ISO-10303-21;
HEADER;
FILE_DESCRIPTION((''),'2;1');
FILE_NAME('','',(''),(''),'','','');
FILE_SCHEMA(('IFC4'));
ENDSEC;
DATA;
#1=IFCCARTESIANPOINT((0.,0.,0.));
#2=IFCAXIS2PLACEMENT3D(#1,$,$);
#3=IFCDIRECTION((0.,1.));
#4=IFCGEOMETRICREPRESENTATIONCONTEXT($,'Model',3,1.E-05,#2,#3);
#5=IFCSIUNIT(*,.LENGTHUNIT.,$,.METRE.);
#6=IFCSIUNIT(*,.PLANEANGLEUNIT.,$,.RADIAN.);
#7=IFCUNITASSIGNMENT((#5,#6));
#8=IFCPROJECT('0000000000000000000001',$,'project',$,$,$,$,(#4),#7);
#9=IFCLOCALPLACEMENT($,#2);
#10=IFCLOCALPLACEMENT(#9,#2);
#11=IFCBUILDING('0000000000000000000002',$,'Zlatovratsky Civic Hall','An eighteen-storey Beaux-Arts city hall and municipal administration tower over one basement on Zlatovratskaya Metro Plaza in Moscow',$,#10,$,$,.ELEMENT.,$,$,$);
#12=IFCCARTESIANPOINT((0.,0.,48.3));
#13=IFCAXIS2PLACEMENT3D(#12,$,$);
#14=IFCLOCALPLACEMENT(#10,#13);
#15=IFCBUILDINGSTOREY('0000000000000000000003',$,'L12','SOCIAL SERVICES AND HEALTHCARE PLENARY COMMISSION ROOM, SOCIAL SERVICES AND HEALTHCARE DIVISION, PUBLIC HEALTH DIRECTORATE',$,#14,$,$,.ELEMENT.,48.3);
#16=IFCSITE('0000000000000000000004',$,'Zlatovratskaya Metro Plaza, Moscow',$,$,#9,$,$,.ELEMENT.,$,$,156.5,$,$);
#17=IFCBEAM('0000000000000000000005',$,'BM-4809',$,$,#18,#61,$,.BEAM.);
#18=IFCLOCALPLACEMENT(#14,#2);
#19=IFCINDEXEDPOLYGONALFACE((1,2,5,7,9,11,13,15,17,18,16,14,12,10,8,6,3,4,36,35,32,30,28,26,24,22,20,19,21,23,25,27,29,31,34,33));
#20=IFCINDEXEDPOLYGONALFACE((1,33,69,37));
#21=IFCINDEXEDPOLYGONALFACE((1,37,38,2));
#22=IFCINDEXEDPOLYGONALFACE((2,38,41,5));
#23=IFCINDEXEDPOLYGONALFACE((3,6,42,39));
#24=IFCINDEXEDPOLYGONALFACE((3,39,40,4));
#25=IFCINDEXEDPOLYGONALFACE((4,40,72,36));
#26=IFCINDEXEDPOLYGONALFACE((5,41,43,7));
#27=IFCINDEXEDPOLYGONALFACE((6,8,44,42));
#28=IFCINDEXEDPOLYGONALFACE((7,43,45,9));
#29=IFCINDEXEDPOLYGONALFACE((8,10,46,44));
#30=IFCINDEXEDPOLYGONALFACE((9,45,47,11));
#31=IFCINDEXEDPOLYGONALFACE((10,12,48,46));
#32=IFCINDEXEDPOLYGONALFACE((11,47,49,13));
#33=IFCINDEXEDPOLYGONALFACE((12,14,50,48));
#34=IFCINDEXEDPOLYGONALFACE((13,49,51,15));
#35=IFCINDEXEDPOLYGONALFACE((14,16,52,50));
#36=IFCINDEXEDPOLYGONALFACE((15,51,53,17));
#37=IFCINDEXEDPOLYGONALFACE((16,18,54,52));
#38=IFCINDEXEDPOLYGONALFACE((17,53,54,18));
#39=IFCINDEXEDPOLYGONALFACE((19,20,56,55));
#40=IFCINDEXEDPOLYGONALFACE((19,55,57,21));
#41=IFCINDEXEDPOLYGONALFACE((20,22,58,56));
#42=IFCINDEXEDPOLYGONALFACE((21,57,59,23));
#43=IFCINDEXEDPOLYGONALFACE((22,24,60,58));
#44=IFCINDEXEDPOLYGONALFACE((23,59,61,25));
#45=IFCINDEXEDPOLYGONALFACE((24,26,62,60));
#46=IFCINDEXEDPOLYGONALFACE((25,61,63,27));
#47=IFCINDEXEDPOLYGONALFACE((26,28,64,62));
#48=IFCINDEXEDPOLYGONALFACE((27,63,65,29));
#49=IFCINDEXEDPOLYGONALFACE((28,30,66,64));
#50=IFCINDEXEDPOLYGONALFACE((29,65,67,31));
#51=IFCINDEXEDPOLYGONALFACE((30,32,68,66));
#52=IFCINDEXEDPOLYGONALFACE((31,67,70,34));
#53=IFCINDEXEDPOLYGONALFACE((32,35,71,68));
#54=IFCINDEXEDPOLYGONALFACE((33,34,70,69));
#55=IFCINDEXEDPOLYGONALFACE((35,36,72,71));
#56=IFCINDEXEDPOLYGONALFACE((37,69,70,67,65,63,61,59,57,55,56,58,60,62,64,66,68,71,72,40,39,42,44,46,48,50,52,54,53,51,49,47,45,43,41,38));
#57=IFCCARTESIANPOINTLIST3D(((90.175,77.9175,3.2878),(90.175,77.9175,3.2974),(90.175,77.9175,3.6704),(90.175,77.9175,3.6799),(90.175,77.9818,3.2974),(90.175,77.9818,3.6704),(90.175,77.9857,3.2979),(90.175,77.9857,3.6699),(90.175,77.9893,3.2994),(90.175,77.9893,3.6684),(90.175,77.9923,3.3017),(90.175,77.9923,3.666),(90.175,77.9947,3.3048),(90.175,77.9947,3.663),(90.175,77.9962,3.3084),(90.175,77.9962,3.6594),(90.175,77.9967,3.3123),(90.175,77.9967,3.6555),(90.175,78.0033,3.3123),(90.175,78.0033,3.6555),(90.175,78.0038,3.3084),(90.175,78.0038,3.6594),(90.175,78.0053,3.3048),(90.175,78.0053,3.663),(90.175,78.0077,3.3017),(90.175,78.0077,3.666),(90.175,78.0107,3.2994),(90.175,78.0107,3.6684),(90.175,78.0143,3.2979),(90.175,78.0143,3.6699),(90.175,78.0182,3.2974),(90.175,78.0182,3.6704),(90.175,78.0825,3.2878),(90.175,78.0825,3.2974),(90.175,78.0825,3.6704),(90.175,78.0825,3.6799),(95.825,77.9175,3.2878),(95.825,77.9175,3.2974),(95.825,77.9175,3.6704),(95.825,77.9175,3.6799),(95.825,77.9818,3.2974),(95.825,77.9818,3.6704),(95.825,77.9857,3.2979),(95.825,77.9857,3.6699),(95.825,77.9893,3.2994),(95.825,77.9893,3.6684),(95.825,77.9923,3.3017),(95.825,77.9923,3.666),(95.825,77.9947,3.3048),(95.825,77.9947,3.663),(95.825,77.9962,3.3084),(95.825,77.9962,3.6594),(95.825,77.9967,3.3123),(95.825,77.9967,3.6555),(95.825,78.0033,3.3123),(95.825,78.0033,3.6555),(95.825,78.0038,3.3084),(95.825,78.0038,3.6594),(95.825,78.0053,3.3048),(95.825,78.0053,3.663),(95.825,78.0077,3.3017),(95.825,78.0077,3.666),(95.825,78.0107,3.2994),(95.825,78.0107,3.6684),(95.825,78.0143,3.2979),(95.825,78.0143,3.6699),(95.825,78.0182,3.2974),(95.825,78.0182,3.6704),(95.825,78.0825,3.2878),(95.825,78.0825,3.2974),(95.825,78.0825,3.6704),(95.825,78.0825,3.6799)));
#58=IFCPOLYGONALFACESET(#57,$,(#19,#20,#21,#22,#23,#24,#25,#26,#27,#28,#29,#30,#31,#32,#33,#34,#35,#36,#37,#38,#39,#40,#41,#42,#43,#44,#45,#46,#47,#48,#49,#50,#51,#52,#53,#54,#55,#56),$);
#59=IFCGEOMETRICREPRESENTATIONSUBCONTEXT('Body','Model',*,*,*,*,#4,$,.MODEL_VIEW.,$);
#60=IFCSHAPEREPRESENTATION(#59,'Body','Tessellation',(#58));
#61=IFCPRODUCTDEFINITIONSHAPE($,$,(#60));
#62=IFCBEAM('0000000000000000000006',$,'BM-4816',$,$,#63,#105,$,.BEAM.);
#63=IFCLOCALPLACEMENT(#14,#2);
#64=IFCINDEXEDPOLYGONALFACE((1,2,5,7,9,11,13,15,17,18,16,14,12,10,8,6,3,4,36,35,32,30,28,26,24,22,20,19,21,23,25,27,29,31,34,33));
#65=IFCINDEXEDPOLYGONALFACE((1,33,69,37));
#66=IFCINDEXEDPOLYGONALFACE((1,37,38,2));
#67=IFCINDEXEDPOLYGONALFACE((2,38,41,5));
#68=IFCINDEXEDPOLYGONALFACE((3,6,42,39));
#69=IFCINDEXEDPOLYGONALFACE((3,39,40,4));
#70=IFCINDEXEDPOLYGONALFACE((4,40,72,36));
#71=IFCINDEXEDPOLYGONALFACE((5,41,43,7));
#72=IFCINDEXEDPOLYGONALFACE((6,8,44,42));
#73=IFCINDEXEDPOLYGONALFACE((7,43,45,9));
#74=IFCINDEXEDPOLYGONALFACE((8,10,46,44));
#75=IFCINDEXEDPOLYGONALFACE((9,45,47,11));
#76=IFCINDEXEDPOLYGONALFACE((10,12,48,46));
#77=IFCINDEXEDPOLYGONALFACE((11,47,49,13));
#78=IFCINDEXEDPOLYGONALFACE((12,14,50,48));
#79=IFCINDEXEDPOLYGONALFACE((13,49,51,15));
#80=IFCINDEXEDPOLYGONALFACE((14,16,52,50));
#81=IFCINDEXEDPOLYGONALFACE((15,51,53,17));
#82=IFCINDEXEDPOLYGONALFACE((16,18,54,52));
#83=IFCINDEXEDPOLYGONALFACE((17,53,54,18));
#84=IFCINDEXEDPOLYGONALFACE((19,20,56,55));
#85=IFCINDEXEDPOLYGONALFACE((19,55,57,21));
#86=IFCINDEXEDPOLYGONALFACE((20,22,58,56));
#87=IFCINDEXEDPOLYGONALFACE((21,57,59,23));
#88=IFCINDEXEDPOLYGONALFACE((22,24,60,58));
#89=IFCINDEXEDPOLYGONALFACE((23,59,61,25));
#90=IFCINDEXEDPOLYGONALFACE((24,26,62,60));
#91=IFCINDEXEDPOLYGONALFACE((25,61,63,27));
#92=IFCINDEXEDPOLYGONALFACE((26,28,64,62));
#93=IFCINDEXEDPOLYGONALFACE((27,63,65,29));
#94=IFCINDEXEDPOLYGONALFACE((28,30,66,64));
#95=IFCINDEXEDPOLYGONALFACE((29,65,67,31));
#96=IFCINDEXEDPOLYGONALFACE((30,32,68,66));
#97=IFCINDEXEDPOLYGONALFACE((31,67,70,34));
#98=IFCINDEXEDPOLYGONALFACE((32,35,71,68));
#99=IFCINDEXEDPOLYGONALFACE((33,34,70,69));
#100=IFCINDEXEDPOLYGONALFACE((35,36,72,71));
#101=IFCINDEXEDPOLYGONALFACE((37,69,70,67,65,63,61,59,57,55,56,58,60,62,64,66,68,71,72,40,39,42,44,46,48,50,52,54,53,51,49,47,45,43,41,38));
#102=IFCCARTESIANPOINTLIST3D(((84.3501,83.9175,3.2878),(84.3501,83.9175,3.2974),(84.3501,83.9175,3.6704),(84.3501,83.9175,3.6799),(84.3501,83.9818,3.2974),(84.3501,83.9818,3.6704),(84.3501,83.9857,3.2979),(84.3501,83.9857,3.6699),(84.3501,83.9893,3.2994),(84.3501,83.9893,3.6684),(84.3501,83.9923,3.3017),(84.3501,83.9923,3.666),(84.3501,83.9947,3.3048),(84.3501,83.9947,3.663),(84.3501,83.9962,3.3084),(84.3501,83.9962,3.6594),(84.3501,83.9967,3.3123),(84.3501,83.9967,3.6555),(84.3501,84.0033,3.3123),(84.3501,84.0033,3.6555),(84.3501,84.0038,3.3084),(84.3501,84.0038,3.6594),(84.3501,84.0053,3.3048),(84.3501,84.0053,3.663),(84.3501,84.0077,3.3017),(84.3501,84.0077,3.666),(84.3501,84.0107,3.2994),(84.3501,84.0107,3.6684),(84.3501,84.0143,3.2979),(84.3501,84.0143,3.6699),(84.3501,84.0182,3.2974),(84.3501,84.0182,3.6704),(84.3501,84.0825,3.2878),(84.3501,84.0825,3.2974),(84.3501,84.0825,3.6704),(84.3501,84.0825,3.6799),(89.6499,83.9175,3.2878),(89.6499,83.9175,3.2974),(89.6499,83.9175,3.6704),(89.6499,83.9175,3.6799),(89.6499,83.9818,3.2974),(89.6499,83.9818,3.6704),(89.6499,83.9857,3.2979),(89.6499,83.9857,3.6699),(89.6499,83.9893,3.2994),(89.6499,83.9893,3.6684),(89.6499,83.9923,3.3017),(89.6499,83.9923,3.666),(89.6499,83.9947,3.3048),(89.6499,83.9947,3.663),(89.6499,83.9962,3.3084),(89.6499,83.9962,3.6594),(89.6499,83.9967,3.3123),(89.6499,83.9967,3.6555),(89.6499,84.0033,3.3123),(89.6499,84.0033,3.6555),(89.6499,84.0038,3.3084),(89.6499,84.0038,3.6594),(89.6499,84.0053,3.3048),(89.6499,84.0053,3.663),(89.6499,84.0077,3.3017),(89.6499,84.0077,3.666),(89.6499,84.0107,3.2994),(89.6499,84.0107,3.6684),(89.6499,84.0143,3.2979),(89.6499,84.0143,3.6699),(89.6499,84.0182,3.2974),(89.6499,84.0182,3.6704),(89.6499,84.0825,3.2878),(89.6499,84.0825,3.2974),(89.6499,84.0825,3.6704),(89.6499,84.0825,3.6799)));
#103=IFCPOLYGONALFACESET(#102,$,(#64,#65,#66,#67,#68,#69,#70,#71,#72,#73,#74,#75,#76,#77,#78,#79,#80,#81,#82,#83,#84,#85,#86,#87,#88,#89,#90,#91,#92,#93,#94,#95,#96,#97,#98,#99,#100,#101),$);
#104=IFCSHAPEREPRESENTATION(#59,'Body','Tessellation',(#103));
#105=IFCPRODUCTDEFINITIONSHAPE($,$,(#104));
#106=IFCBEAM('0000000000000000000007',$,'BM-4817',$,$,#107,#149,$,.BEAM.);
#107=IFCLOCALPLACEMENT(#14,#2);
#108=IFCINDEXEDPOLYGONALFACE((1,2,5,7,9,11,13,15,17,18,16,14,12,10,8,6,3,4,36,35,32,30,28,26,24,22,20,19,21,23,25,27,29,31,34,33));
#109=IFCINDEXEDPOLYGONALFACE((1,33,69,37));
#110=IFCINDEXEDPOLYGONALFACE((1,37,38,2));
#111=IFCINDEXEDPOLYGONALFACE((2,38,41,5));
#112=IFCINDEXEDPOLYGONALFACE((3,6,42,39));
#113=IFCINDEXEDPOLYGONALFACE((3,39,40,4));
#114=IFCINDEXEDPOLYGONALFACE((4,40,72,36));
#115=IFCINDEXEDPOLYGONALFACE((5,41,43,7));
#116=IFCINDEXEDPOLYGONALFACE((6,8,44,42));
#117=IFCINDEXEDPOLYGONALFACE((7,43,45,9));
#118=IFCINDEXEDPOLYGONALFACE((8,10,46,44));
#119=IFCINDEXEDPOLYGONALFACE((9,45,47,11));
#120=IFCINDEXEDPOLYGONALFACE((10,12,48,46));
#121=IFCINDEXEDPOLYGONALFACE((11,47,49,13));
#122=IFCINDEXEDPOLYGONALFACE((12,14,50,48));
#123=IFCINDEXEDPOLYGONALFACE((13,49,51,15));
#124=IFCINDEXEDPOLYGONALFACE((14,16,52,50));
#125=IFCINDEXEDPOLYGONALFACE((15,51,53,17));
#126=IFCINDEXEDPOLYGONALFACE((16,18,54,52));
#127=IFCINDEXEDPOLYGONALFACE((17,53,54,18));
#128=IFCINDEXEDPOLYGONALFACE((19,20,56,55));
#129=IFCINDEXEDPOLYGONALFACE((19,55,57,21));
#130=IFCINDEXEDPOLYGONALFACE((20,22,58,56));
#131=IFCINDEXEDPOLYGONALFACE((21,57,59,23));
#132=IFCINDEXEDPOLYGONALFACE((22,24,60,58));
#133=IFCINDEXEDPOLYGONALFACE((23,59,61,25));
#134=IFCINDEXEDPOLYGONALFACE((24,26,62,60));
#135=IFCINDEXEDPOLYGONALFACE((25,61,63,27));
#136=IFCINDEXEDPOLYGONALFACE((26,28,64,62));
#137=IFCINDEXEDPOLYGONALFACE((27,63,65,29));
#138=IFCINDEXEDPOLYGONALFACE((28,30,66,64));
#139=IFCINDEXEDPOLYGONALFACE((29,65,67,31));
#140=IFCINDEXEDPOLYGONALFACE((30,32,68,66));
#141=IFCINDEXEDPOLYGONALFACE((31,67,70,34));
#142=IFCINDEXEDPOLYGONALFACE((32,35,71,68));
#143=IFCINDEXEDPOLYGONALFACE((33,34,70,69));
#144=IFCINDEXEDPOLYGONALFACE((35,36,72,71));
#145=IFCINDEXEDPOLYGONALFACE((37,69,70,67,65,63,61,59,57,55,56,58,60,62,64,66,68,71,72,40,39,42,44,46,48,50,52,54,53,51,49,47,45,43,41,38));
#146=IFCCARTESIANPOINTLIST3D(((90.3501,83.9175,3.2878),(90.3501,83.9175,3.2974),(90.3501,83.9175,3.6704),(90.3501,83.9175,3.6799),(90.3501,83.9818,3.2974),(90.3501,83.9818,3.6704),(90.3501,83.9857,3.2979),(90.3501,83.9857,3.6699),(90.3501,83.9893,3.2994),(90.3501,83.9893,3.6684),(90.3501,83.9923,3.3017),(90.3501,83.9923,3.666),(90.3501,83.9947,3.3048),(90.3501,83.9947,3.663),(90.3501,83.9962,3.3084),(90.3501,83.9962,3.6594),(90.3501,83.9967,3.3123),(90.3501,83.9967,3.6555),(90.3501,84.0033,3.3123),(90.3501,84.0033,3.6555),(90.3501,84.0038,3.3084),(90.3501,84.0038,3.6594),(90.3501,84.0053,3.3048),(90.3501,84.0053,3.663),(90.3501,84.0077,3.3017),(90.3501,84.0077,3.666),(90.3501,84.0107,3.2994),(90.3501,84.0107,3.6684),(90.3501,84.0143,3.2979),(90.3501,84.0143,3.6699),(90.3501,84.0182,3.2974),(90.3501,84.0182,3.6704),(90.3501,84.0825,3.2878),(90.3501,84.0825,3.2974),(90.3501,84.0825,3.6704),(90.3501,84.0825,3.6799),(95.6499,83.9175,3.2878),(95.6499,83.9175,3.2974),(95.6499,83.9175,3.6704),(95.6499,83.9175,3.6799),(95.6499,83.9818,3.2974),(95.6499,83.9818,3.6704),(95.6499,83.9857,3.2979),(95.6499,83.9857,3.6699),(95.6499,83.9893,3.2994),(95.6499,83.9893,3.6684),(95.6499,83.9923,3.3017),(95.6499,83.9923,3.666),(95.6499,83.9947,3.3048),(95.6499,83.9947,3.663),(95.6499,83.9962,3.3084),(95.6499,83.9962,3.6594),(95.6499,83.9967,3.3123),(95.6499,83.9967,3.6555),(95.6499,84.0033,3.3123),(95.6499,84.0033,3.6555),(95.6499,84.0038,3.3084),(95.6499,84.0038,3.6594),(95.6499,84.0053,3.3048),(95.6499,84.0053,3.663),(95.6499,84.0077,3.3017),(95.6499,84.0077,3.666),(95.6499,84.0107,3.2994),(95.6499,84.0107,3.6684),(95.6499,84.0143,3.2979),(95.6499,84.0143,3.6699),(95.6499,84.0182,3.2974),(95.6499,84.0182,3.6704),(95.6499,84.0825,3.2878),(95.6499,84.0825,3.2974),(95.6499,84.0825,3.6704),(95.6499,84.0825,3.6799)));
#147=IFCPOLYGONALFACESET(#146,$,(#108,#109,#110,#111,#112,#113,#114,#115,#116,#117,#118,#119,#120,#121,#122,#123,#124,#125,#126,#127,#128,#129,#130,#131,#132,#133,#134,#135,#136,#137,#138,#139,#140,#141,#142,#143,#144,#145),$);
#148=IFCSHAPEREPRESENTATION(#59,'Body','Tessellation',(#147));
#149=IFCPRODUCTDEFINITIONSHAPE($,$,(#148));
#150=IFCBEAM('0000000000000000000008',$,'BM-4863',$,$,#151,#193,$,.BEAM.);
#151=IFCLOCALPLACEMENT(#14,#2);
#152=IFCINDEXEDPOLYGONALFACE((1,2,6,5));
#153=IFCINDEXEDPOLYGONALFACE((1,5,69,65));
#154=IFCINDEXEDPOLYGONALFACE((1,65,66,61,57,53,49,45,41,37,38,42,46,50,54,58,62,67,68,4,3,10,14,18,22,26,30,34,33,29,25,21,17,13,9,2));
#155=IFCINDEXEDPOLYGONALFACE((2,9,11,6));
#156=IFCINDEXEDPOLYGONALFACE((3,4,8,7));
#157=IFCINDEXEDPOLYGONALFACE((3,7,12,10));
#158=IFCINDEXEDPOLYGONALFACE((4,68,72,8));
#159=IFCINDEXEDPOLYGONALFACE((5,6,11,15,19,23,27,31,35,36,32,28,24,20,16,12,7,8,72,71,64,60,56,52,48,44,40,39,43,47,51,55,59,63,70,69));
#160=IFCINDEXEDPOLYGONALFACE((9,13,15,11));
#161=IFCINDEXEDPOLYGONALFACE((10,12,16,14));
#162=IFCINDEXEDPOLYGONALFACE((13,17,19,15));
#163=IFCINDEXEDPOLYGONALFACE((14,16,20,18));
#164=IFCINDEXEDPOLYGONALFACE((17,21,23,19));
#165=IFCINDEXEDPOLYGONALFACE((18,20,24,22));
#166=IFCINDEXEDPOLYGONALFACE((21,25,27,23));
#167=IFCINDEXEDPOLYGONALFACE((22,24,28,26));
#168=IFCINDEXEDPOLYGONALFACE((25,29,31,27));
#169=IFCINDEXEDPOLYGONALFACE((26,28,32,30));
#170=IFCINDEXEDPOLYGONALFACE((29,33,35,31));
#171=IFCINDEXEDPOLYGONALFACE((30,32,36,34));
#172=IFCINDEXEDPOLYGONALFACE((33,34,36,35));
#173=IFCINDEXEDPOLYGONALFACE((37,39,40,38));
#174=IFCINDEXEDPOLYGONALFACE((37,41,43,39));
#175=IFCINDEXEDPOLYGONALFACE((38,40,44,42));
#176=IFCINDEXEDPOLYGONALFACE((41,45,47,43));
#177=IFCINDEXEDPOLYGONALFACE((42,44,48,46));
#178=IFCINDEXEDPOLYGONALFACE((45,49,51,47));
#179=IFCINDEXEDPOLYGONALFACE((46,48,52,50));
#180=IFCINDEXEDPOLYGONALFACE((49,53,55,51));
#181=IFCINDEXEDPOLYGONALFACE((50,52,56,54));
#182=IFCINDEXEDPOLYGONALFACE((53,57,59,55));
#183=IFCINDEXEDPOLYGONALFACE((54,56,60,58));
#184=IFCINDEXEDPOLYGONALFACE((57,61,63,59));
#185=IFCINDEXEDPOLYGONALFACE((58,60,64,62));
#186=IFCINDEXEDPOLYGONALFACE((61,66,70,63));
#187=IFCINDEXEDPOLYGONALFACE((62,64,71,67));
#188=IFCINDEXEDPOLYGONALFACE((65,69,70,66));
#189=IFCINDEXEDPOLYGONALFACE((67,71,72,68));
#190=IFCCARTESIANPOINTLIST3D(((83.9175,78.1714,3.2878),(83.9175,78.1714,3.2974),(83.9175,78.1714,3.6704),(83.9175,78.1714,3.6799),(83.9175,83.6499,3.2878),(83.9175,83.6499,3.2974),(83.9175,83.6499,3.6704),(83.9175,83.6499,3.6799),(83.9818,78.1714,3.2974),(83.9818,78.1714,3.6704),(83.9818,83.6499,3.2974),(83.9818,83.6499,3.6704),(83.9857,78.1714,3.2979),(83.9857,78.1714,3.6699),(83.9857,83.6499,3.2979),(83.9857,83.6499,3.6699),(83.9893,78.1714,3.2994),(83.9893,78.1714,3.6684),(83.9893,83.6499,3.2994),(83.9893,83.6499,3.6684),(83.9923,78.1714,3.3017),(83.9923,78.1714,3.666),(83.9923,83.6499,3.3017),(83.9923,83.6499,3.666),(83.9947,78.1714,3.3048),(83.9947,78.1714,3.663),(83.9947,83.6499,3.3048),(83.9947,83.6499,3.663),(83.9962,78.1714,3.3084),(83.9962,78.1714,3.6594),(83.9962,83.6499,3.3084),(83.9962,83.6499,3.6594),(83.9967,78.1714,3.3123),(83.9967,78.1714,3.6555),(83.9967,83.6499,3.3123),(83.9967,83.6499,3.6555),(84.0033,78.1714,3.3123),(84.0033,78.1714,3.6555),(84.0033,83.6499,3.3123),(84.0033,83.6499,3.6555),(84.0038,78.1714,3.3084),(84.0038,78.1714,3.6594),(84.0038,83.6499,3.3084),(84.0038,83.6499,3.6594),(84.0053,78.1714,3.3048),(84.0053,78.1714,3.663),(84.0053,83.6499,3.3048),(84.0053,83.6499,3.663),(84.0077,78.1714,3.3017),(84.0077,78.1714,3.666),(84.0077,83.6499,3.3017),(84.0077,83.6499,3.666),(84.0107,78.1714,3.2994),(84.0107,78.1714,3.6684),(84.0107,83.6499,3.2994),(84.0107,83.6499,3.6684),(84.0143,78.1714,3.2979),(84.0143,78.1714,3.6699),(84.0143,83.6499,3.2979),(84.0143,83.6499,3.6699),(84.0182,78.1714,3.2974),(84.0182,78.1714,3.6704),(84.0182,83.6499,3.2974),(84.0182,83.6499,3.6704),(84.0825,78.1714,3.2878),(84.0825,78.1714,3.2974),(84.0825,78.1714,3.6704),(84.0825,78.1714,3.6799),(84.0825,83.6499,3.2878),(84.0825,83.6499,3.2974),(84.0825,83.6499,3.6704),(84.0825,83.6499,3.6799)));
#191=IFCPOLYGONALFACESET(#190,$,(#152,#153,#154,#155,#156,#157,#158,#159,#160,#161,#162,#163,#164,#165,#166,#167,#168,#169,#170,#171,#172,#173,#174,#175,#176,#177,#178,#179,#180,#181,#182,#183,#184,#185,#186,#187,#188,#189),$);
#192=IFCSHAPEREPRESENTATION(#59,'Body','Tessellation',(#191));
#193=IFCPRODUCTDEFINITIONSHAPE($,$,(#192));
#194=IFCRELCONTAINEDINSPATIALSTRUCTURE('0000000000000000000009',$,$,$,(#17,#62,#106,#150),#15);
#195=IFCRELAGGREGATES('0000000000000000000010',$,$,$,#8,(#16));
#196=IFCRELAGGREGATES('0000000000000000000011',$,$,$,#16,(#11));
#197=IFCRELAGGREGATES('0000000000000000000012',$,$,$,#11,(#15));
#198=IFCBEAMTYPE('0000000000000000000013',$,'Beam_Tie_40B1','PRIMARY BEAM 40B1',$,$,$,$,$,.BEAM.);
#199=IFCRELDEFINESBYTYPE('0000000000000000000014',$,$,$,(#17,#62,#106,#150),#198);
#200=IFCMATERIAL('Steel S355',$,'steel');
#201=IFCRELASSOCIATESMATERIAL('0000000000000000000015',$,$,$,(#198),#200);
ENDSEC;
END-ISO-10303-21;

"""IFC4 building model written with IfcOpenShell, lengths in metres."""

from ifc_helpers import new_model, si_unit, direction, frame, origin, origin_2d, place, context, subcontext, project, spatial, i_section, extrude, material, material_profile, profile_set, type_object, element, save


model = new_model("IFC4")

# Units and contexts
model_context = context("Model", 3, precision=1e-05, world=origin(), true_north=direction((0.0, 1.0)))
body_context = subcontext(model_context, "Body", "Model", "MODEL_VIEW")
ifc_project = project(units=[si_unit("LENGTHUNIT", "METRE"), si_unit("PLANEANGLEUNIT", "RADIAN")], contexts=[model_context])

# Site, building, storey
site_placement = place(None, origin())
site = spatial("IfcSite", under=ifc_project, at=site_placement, Name="Zlatovratskaya Metro Plaza, Moscow", CompositionType="ELEMENT", RefElevation=156.5)
building_placement = place(site_placement, origin())
building = spatial("IfcBuilding", under=site, at=building_placement, Name="Zlatovratsky Civic Hall", Description="An eighteen-storey Beaux-Arts city hall and municipal administration tower over one basement on Zlatovratskaya Metro Plaza in Moscow", CompositionType="ELEMENT")
storey_placement = place(building_placement, frame((0.0, 0.0, 48.3)))
storey = spatial("IfcBuildingStorey", under=building, at=storey_placement, Name="L12", Description="SOCIAL SERVICES AND HEALTHCARE PLENARY COMMISSION ROOM, SOCIAL SERVICES AND HEALTHCARE DIVISION, PUBLIC HEALTH DIRECTORATE", CompositionType="ELEMENT", Elevation=48.3)

# Shared definitions
ifc_material_1 = material(Name="Steel S355", Category="steel")

# Beams
ifc_material_profile_1 = material_profile(ifc_material_1, i_section(OverallWidth=0.165, OverallDepth=0.3921, WebThickness=0.0066, FlangeThickness=0.0095, FilletRadius=0.0149, at=origin_2d()), Name="40B1")
ifc_profile_set_1 = profile_set([ifc_material_profile_1], Name="Steel S355")
beam_type = type_object("IfcBeamType", Name="Beam_Tie_40B1", Description="PRIMARY BEAM 40B1", PredefinedType="BEAM", material=ifc_profile_set_1)
for number, where, z_axis, x_axis, name in (
    (1, (90.175, 78.0, 3.4839), (1.0, 0.0, 0.0), (0.0, 1.0, 0.0), "BM-4809"),
):
    element("IfcBeam", number, at=place(storey_placement, frame(where, z_axis=z_axis, x_axis=x_axis)), inside=storey, type_object=beam_type, Name=name, PredefinedType="BEAM", context=body_context, shape_type="SweptSolid", body=[
        extrude(i_section(OverallWidth=0.165, OverallDepth=0.3921, WebThickness=0.0066, FlangeThickness=0.0095, FilletRadius=0.0149, at=origin_2d()), origin(), (0.0, 0.0, 1.0), 5.6499),
    ])
for number, where, z_axis, x_axis, name in (
    (2, (84.3501, 84.0, 3.4839), (1.0, 0.0, 0.0), (0.0, 1.0, 0.0), "BM-4816"),
    (3, (90.3501, 84.0, 3.4839), (1.0, 0.0, 0.0), (0.0, 1.0, 0.0), "BM-4817"),
):
    element("IfcBeam", number, at=place(storey_placement, frame(where, z_axis=z_axis, x_axis=x_axis)), inside=storey, type_object=beam_type, Name=name, PredefinedType="BEAM", context=body_context, shape_type="SweptSolid", body=[
        extrude(i_section(OverallWidth=0.165, OverallDepth=0.3921, WebThickness=0.0066, FlangeThickness=0.0095, FilletRadius=0.0149, at=origin_2d()), origin(), (0.0, 0.0, 1.0), 5.2998),
    ])
beam_1_placement = place(storey_placement, frame((84.0, 78.1714, 3.4839), z_axis=(0.0, 1.0, 0.0), x_axis=(-1.0, 0.0, 0.0)))
element("IfcBeam", 4, at=beam_1_placement, inside=storey, type_object=beam_type, Name="BM-4863", PredefinedType="BEAM", context=body_context, shape_type="SweptSolid", body=[
    extrude(i_section(OverallWidth=0.165, OverallDepth=0.3921, WebThickness=0.0066, FlangeThickness=0.0095, FilletRadius=0.0149, at=origin_2d()), origin(), (0.0, 0.0, 1.0), 5.4785),
])

save(model, "model.ifc")
